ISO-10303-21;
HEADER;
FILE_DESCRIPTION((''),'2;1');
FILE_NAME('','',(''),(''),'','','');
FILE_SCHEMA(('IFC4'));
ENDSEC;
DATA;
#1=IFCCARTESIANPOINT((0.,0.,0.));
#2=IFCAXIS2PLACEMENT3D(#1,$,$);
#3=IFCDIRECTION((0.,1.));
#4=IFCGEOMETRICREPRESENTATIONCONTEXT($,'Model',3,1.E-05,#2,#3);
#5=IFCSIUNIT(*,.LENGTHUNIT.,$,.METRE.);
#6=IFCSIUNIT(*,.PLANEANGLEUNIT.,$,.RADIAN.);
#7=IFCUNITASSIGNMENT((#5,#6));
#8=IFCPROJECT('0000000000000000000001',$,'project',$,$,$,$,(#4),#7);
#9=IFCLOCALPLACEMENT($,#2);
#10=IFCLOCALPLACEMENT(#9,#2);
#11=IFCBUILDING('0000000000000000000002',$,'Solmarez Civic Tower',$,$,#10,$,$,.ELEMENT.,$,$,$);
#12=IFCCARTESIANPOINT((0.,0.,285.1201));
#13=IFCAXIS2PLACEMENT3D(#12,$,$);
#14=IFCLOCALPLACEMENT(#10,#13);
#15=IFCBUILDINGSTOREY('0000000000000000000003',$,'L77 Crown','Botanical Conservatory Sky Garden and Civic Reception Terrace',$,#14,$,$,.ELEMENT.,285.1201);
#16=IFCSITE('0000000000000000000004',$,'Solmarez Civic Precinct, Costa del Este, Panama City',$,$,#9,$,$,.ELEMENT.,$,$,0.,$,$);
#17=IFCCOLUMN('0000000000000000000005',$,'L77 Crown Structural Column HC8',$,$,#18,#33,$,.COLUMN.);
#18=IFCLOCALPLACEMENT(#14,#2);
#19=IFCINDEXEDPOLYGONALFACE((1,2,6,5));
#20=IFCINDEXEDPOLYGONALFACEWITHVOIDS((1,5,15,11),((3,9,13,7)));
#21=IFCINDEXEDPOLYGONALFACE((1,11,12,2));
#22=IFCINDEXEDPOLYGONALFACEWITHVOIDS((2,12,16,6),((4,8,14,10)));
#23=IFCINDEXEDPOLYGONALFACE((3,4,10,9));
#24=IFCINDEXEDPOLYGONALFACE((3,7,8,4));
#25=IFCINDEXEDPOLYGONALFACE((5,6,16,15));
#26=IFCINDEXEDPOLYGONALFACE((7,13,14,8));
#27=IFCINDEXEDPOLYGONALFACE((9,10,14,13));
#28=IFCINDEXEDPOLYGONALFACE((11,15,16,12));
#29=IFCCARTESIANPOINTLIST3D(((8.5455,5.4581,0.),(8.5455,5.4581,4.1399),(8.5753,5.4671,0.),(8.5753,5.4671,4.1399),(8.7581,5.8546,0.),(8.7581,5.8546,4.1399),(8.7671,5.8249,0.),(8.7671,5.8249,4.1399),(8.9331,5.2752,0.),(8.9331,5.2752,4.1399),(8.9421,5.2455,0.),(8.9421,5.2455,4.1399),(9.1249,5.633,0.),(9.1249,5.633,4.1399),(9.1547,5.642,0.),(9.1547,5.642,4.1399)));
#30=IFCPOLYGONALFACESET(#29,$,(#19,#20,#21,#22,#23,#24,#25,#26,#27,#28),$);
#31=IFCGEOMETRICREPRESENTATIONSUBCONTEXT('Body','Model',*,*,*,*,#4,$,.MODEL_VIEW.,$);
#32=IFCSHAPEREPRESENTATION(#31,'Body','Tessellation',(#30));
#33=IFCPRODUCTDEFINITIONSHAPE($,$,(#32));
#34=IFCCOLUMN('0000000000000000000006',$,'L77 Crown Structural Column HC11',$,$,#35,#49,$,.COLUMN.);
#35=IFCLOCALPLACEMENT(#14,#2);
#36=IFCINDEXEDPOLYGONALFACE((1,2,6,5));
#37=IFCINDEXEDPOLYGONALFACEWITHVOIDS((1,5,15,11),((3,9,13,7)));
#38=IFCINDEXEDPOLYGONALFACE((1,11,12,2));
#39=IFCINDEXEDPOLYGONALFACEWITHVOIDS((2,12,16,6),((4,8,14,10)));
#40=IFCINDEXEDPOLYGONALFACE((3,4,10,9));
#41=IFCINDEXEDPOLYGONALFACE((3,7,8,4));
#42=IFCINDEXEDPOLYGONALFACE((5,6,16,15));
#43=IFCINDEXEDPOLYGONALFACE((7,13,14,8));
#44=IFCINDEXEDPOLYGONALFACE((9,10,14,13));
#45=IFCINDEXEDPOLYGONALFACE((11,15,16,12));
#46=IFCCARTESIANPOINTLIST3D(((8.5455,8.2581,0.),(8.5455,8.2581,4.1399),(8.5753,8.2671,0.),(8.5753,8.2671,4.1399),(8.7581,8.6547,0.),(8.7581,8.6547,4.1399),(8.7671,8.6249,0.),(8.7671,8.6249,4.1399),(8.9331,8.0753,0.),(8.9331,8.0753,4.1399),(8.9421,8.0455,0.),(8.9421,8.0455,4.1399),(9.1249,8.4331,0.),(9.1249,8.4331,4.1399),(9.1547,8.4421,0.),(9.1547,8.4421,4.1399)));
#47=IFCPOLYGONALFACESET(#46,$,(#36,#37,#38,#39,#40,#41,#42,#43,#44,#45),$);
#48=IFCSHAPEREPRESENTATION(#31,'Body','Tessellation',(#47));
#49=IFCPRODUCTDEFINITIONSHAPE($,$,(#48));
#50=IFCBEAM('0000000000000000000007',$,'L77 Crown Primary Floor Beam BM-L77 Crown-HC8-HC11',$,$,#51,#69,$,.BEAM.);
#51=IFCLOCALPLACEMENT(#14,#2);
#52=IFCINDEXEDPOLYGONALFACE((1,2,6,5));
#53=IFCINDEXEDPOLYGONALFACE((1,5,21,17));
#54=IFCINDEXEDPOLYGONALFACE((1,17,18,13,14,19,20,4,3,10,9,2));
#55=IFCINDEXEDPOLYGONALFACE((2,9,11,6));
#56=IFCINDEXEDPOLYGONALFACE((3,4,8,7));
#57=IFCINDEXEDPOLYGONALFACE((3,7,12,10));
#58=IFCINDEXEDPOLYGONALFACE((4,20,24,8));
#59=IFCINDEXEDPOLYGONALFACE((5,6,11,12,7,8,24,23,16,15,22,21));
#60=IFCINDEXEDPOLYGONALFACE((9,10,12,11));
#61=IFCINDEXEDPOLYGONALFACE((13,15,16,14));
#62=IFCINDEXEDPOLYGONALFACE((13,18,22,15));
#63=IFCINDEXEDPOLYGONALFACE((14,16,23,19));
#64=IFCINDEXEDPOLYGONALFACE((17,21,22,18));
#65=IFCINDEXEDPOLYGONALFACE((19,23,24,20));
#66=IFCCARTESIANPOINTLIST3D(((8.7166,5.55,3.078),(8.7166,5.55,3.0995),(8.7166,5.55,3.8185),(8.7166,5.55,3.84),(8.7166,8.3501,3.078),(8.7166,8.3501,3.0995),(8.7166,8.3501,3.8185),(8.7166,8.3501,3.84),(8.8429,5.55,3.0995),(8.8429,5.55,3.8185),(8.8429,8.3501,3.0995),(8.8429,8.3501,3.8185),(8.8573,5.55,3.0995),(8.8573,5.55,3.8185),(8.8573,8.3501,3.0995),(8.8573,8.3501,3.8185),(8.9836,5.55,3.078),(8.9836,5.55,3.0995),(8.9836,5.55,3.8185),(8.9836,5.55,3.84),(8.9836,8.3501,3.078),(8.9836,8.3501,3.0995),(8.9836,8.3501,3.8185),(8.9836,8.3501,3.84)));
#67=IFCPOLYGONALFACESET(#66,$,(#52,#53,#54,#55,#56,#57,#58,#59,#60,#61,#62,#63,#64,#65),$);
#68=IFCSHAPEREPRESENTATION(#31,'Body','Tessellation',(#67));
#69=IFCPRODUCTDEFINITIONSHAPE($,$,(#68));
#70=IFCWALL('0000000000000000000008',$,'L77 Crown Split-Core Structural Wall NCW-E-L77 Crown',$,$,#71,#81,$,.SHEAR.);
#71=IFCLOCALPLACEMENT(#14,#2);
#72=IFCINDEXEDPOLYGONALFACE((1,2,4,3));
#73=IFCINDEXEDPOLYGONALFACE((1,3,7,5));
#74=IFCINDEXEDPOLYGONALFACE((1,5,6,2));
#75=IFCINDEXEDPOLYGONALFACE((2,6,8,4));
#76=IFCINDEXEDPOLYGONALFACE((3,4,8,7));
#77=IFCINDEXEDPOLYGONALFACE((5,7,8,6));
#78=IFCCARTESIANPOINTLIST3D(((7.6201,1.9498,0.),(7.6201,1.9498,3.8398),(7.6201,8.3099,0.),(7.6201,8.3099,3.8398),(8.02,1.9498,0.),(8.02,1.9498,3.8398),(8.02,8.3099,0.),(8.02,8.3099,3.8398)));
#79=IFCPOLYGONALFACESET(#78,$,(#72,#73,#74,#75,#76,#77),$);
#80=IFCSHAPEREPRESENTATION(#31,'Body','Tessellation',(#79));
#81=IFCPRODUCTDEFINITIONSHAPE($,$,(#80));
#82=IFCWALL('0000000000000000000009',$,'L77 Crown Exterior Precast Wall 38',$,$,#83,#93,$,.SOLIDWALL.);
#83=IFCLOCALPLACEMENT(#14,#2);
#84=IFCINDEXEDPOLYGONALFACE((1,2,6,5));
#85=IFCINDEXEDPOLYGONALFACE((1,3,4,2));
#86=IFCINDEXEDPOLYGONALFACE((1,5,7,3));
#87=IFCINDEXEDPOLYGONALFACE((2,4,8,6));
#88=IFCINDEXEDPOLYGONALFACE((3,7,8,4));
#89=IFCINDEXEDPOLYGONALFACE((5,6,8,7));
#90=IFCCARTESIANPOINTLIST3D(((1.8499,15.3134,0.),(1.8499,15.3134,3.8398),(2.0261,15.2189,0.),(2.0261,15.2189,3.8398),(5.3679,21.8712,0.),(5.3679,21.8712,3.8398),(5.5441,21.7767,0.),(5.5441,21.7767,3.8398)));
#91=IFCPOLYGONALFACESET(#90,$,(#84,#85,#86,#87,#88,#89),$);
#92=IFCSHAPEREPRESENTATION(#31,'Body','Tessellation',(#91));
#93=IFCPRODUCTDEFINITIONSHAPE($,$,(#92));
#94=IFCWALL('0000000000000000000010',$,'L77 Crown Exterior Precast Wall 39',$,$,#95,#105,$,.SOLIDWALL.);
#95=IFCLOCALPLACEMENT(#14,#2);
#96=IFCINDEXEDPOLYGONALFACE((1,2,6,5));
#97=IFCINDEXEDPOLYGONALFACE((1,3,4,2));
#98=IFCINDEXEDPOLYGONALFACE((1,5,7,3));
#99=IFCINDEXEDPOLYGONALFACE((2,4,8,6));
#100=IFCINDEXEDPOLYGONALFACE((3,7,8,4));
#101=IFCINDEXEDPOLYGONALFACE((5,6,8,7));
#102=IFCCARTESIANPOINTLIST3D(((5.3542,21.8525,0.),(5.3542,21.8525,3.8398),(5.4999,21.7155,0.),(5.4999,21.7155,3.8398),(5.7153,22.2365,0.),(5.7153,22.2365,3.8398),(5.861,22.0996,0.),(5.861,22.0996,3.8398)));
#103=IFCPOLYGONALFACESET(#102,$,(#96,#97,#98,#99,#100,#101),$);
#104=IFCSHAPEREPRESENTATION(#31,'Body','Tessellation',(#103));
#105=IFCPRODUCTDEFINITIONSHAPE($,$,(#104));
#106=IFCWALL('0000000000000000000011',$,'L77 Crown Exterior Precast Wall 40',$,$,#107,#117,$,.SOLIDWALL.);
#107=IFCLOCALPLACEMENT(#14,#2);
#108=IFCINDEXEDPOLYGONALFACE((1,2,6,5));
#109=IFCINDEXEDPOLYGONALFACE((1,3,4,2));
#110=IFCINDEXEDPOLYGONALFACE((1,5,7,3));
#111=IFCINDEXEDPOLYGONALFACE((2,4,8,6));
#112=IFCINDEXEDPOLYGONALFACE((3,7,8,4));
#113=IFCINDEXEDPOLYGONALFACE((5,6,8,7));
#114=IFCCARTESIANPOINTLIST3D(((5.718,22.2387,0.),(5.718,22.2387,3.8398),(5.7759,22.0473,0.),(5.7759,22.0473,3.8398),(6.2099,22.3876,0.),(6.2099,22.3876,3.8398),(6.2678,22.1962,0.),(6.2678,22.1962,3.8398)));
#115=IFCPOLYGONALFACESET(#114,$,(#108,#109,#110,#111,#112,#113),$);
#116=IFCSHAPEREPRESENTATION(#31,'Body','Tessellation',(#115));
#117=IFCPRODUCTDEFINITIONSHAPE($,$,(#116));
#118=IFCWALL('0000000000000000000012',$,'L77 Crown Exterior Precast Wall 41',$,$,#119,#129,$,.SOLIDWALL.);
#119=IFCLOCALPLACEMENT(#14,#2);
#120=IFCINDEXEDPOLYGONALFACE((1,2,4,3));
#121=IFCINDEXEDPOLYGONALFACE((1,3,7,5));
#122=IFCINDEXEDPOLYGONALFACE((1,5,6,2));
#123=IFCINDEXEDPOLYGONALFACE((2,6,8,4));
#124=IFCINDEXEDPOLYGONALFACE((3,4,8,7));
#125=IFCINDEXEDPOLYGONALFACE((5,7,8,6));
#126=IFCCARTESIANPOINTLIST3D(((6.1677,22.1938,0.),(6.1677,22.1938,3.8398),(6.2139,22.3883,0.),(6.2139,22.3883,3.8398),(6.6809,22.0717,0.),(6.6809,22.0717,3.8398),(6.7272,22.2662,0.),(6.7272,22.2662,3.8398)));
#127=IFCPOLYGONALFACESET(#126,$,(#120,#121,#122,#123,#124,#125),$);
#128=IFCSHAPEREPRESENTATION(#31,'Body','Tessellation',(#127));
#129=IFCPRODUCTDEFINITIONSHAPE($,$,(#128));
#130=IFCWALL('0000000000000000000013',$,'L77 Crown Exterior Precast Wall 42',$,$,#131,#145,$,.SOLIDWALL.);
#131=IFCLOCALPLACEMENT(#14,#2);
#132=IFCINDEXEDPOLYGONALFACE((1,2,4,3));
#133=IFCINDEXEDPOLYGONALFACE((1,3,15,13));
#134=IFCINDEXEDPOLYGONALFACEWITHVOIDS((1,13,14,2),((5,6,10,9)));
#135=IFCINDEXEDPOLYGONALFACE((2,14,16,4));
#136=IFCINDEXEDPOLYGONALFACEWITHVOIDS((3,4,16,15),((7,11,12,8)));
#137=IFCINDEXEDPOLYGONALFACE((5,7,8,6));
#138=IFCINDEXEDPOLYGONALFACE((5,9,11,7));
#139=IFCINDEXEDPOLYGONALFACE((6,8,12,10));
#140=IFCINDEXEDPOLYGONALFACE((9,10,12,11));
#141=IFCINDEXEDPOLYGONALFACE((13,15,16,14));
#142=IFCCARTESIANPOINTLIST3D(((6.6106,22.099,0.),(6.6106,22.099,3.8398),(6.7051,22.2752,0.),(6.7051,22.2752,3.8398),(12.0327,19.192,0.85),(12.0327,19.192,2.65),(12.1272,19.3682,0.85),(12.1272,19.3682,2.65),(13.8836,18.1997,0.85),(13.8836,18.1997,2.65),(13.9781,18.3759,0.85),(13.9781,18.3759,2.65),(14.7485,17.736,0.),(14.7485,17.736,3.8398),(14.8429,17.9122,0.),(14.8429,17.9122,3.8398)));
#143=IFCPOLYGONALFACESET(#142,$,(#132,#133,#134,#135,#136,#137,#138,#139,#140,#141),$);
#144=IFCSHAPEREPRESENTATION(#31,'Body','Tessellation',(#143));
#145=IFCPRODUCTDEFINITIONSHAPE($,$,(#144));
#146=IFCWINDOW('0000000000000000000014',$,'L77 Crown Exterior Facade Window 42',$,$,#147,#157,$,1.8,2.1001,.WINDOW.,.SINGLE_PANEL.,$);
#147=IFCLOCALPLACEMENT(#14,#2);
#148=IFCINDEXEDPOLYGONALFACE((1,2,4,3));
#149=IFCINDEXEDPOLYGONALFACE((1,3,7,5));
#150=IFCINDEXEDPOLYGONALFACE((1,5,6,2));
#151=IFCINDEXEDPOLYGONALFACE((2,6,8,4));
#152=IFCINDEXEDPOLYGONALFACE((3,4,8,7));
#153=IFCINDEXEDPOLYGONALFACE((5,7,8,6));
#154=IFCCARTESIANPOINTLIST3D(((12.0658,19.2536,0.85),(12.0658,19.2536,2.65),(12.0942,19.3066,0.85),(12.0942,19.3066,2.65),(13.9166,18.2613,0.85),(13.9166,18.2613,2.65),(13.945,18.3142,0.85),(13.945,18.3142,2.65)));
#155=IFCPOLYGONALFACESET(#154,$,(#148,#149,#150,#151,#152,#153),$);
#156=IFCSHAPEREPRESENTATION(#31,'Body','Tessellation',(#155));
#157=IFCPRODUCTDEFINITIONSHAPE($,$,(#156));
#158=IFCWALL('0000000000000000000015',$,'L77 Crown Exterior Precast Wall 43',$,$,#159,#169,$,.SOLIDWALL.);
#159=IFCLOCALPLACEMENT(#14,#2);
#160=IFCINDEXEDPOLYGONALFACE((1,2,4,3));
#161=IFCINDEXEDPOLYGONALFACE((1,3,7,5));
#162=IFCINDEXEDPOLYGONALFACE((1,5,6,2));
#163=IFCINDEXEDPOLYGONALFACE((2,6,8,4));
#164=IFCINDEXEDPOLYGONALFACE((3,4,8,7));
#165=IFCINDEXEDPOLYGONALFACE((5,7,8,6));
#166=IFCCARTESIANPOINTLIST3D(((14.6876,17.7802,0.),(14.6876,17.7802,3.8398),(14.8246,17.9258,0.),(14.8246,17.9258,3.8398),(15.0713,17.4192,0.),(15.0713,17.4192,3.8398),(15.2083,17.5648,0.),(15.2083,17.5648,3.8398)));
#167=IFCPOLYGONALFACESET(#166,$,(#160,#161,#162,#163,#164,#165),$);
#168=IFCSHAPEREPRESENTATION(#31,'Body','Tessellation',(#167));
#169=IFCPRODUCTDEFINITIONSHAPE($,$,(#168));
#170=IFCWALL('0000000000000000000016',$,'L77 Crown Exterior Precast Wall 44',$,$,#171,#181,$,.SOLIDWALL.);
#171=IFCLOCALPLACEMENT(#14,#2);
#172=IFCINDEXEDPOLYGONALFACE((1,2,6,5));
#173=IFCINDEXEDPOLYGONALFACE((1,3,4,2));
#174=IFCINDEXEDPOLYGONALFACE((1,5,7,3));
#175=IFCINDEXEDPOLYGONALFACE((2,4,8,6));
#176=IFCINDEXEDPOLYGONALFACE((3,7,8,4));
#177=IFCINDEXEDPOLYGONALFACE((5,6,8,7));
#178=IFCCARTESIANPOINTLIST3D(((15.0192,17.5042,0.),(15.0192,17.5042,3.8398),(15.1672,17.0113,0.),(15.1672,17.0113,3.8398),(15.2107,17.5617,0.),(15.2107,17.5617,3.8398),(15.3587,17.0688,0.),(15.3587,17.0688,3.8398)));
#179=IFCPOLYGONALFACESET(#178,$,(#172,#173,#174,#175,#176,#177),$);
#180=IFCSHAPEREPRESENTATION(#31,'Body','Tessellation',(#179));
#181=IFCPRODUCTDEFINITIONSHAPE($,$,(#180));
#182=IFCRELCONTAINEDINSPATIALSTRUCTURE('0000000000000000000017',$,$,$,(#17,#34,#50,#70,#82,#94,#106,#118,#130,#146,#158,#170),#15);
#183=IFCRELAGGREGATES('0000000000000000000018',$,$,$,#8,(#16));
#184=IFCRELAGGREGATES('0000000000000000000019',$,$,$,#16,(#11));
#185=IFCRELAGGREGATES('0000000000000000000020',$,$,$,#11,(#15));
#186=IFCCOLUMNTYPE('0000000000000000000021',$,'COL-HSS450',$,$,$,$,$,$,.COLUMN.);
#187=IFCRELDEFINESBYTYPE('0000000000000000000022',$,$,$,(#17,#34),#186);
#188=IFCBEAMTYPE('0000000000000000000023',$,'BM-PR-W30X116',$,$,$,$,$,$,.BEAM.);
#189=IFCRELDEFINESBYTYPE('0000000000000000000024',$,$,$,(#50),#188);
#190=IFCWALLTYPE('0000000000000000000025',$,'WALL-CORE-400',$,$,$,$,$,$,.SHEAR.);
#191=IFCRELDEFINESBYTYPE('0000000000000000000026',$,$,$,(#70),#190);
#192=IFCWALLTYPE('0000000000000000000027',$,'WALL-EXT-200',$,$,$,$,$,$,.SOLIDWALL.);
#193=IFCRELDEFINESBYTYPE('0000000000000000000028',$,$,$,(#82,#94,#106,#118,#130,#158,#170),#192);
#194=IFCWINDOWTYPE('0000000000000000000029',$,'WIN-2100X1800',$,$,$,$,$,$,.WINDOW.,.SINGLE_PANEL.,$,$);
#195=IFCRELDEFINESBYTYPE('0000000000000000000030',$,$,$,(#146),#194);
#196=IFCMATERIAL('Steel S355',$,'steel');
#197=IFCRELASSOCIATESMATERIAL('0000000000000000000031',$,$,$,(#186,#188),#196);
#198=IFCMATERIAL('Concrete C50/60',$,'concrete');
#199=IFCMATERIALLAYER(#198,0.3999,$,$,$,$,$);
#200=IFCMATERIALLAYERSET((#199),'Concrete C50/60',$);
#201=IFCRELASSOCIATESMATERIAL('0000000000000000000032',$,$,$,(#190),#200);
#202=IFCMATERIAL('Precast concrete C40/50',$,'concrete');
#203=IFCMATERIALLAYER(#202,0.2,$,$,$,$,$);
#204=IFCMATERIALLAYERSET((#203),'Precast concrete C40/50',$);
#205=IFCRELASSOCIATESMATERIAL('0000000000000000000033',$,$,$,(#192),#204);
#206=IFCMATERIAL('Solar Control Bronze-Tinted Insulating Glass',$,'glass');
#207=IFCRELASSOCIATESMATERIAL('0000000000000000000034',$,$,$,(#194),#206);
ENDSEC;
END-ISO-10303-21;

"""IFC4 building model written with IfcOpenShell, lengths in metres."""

from ifc_helpers import new_model, si_unit, direction, frame, frame_2d, origin, origin_2d, place, context, subcontext, project, spatial, rectangle, hollow_rectangle, i_section, extrude, material, layer, layer_set, material_profile, profile_set, type_object, element, fill, save


model = new_model("IFC4")

# Units and contexts
model_context = context("Model", 3, precision=1e-05, world=origin(), true_north=direction((0.0, 1.0)))
body_context = subcontext(model_context, "Body", "Model", "MODEL_VIEW")
ifc_project = project(units=[si_unit("LENGTHUNIT", "METRE"), si_unit("PLANEANGLEUNIT", "RADIAN")], contexts=[model_context])

# Site, building, storey
site_placement = place(None, origin())
site = spatial("IfcSite", under=ifc_project, at=site_placement, Name="Solmarez Civic Precinct, Costa del Este, Panama City", CompositionType="ELEMENT", RefElevation=0.0)
building_placement = place(site_placement, origin())
building = spatial("IfcBuilding", under=site, at=building_placement, Name="Solmarez Civic Tower", CompositionType="ELEMENT")
storey_placement = place(building_placement, frame((0.0, 0.0, 285.1201)))
storey = spatial("IfcBuildingStorey", under=building, at=storey_placement, Name="L77 Crown", Description="Botanical Conservatory Sky Garden and Civic Reception Terrace", CompositionType="ELEMENT", Elevation=285.1201)

# Columns
ifc_material_1 = material(Name="Steel S355", Category="steel")
ifc_material_profile_1 = material_profile(ifc_material_1, hollow_rectangle(XDim=0.45, YDim=0.45, WallThickness=0.022, at=origin_2d()), Name="HSS450X450X22")
ifc_profile_set_1 = profile_set([ifc_material_profile_1], Name="Steel S355")
column_type = type_object("IfcColumnType", Name="COL-HSS450", PredefinedType="COLUMN", material=ifc_profile_set_1)
for number, where, z_axis, x_axis, name in (
    (1, (8.8501, 5.55, 0.0), (0.0, 0.0, 1.0), (0.472551, 0.881303, 0.0), "L77 Crown Structural Column HC8"),
    (2, (8.8501, 8.3501, 0.0), (0.0, 0.0, 1.0), (0.472551, 0.881303, 0.0), "L77 Crown Structural Column HC11"),
):
    element("IfcColumn", number, at=place(storey_placement, frame(where, z_axis=z_axis, x_axis=x_axis)), inside=storey, type_object=column_type, Name=name, PredefinedType="COLUMN", context=body_context, shape_type="SweptSolid", body=[
        extrude(hollow_rectangle(XDim=0.45, YDim=0.45, WallThickness=0.022, at=origin_2d()), origin(), (0.0, 0.0, 1.0), 4.1399),
    ])

# Beam
ifc_material_profile_2 = material_profile(ifc_material_1, i_section(OverallWidth=0.2671, OverallDepth=0.762, WebThickness=0.0144, FlangeThickness=0.0215, at=origin_2d()), Name="W30X116")
ifc_profile_set_2 = profile_set([ifc_material_profile_2], Name="Steel S355")
beam_type = type_object("IfcBeamType", Name="BM-PR-W30X116", PredefinedType="BEAM", material=ifc_profile_set_2)
beam_placement = place(storey_placement, frame((8.8501, 5.55, 3.459), z_axis=(0.0, 1.0, 0.0), x_axis=(-1.0, 0.0, 0.0)))
element("IfcBeam", 3, at=beam_placement, inside=storey, type_object=beam_type, Name="L77 Crown Primary Floor Beam BM-L77 Crown-HC8-HC11", PredefinedType="BEAM", context=body_context, shape_type="SweptSolid", body=[
    extrude(i_section(OverallWidth=0.2671, OverallDepth=0.762, WebThickness=0.0144, FlangeThickness=0.0215, at=origin_2d()), origin(), (0.0, 0.0, 1.0), 2.8),
])

# Walls
ifc_material_2 = material(Name="Concrete C50/60", Category="concrete")
ifc_layer_1 = layer(ifc_material_2, 0.3999)
ifc_layer_set_1 = layer_set([ifc_layer_1], Name="Concrete C50/60")
wall_type_1 = type_object("IfcWallType", Name="WALL-CORE-400", PredefinedType="SHEAR", material=ifc_layer_set_1)
wall_1_placement = place(storey_placement, frame((7.8201, 8.3101, 0.0), z_axis=(0.0, 0.0, 1.0), x_axis=(0.0, -1.0, 0.0)))
element("IfcWall", 4, at=wall_1_placement, inside=storey, type_object=wall_type_1, Name="L77 Crown Split-Core Structural Wall NCW-E-L77 Crown", PredefinedType="SHEAR", context=body_context, shape_type="SweptSolid", body=[
    extrude(rectangle(XDim=6.3601, YDim=0.3999, at=frame_2d((3.1802, 0.0))), origin(), (0.0, 0.0, 1.0), 3.8398),
])
ifc_material_3 = material(Name="Precast concrete C40/50", Category="concrete")
ifc_layer_2 = layer(ifc_material_3, 0.2)
ifc_layer_set_2 = layer_set([ifc_layer_2], Name="Precast concrete C40/50")
wall_type_2 = type_object("IfcWallType", Name="WALL-EXT-200", PredefinedType="SOLIDWALL", material=ifc_layer_set_2)
wall_2_placement = place(storey_placement, frame((1.938, 15.2661, 0.0), z_axis=(0.0, 0.0, 1.0), x_axis=(0.472736, 0.881204, 0.0)))
element("IfcWall", 5, at=wall_2_placement, inside=storey, type_object=wall_type_2, Name="L77 Crown Exterior Precast Wall 38", PredefinedType="SOLIDWALL", context=body_context, shape_type="SweptSolid", body=[
    extrude(rectangle(XDim=7.4419, YDim=0.2, at=frame_2d((3.7209, 0.0))), origin(), (0.0, 0.0, 1.0), 3.8398),
])
wall_3_placement = place(storey_placement, frame((5.427, 21.7839, 0.0), z_axis=(0.0, 0.0, 1.0), x_axis=(0.685003, 0.72854, 0.0)))
element("IfcWall", 6, at=wall_3_placement, inside=storey, type_object=wall_type_2, Name="L77 Crown Exterior Precast Wall 39", PredefinedType="SOLIDWALL", context=body_context, shape_type="SweptSolid", body=[
    extrude(rectangle(XDim=0.5271, YDim=0.2, at=frame_2d((0.2637, 0.0))), origin(), (0.0, 0.0, 1.0), 3.8398),
])
wall_4_placement = place(storey_placement, frame((5.7471, 22.1431, 0.0), z_axis=(0.0, 0.0, 1.0), x_axis=(0.957104, 0.289744, 0.0)))
element("IfcWall", 7, at=wall_4_placement, inside=storey, type_object=wall_type_2, Name="L77 Crown Exterior Precast Wall 40", PredefinedType="SOLIDWALL", context=body_context, shape_type="SweptSolid", body=[
    extrude(rectangle(XDim=0.5139, YDim=0.2, at=frame_2d((0.2568, 0.0))), origin(), (0.0, 0.0, 1.0), 3.8398),
])
wall_5_placement = place(storey_placement, frame((6.1909, 22.291, 0.0), z_axis=(0.0, 0.0, 1.0), x_axis=(0.972856, -0.231412, 0.0)))
element("IfcWall", 8, at=wall_5_placement, inside=storey, type_object=wall_type_2, Name="L77 Crown Exterior Precast Wall 41", PredefinedType="SOLIDWALL", context=body_context, shape_type="SweptSolid", body=[
    extrude(rectangle(XDim=0.5276, YDim=0.2, at=frame_2d((0.2637, 0.0))), origin(), (0.0, 0.0, 1.0), 3.8398),
])

# Wall, opening, window
wall_6_placement = place(storey_placement, frame((6.658, 22.187, 0.0), z_axis=(0.0, 0.0, 1.0), x_axis=(0.881325, -0.47251, 0.0)))
wall_6 = element("IfcWall", 9, at=wall_6_placement, inside=storey, type_object=wall_type_2, Name="L77 Crown Exterior Precast Wall 42", PredefinedType="SOLIDWALL", context=body_context, shape_type="SweptSolid", body=[
    extrude(rectangle(XDim=9.2336, YDim=0.2, at=frame_2d((4.6167, 0.0))), origin(), (0.0, 0.0, 1.0), 3.8398),
])
opening_1_placement = place(wall_6_placement, frame((6.1521, 0.0, 0.8501)))
opening_1 = element("IfcOpeningElement", 10, at=opening_1_placement, cuts=wall_6, PredefinedType="OPENING", context=body_context, shape_type="SweptSolid", body=[
    extrude(rectangle(XDim=2.1001, YDim=1.8, at=frame_2d((1.05, 0.8999))), frame((0.0, 0.1099, 0.0), z_axis=(0.0, -1.0, 0.0), x_axis=(1.0, 0.0, 0.0)), (0.0, 0.0, 1.0), 0.22),
])
ifc_material_4 = material(Name="Solar Control Bronze-Tinted Insulating Glass", Category="glass")
window_type_1 = type_object("IfcWindowType", Name="WIN-2100X1800", PartitioningType="SINGLE_PANEL", PredefinedType="WINDOW", material=ifc_material_4)
window_1_placement = place(opening_1_placement, origin())
window_1 = element("IfcWindow", 11, at=window_1_placement, inside=storey, type_object=window_type_1, Name="L77 Crown Exterior Facade Window 42", OverallHeight=1.8, OverallWidth=2.1001, PartitioningType="SINGLE_PANEL", PredefinedType="WINDOW", context=body_context, shape_type="SweptSolid", body=[
    extrude(rectangle(XDim=2.1001, YDim=1.8, at=frame_2d((1.05, 0.8999))), frame((0.0, 0.03, 0.0), z_axis=(0.0, -1.0, 0.0), x_axis=(1.0, 0.0, 0.0)), (0.0, 0.0, 1.0), 0.0601),
])
fill(opening_1, window_1)

# Walls
wall_7_placement = place(storey_placement, frame((14.7561, 17.853, 0.0), z_axis=(0.0, 0.0, 1.0), x_axis=(0.728322, -0.685235, 0.0)))
element("IfcWall", 12, at=wall_7_placement, inside=storey, type_object=wall_type_2, Name="L77 Crown Exterior Precast Wall 43", PredefinedType="SOLIDWALL", context=body_context, shape_type="SweptSolid", body=[
    extrude(rectangle(XDim=0.5269, YDim=0.2, at=frame_2d((0.2634, 0.0))), origin(), (0.0, 0.0, 1.0), 3.8398),
])
wall_8_placement = place(storey_placement, frame((15.115, 17.533, 0.0), z_axis=(0.0, 0.0, 1.0), x_axis=(0.287478, -0.957787, 0.0)))
element("IfcWall", 13, at=wall_8_placement, inside=storey, type_object=wall_type_2, Name="L77 Crown Exterior Precast Wall 44", PredefinedType="SOLIDWALL", context=body_context, shape_type="SweptSolid", body=[
    extrude(rectangle(XDim=0.5146, YDim=0.2, at=frame_2d((0.2573, 0.0))), origin(), (0.0, 0.0, 1.0), 3.8398),
])

save(model, "model.ifc")
